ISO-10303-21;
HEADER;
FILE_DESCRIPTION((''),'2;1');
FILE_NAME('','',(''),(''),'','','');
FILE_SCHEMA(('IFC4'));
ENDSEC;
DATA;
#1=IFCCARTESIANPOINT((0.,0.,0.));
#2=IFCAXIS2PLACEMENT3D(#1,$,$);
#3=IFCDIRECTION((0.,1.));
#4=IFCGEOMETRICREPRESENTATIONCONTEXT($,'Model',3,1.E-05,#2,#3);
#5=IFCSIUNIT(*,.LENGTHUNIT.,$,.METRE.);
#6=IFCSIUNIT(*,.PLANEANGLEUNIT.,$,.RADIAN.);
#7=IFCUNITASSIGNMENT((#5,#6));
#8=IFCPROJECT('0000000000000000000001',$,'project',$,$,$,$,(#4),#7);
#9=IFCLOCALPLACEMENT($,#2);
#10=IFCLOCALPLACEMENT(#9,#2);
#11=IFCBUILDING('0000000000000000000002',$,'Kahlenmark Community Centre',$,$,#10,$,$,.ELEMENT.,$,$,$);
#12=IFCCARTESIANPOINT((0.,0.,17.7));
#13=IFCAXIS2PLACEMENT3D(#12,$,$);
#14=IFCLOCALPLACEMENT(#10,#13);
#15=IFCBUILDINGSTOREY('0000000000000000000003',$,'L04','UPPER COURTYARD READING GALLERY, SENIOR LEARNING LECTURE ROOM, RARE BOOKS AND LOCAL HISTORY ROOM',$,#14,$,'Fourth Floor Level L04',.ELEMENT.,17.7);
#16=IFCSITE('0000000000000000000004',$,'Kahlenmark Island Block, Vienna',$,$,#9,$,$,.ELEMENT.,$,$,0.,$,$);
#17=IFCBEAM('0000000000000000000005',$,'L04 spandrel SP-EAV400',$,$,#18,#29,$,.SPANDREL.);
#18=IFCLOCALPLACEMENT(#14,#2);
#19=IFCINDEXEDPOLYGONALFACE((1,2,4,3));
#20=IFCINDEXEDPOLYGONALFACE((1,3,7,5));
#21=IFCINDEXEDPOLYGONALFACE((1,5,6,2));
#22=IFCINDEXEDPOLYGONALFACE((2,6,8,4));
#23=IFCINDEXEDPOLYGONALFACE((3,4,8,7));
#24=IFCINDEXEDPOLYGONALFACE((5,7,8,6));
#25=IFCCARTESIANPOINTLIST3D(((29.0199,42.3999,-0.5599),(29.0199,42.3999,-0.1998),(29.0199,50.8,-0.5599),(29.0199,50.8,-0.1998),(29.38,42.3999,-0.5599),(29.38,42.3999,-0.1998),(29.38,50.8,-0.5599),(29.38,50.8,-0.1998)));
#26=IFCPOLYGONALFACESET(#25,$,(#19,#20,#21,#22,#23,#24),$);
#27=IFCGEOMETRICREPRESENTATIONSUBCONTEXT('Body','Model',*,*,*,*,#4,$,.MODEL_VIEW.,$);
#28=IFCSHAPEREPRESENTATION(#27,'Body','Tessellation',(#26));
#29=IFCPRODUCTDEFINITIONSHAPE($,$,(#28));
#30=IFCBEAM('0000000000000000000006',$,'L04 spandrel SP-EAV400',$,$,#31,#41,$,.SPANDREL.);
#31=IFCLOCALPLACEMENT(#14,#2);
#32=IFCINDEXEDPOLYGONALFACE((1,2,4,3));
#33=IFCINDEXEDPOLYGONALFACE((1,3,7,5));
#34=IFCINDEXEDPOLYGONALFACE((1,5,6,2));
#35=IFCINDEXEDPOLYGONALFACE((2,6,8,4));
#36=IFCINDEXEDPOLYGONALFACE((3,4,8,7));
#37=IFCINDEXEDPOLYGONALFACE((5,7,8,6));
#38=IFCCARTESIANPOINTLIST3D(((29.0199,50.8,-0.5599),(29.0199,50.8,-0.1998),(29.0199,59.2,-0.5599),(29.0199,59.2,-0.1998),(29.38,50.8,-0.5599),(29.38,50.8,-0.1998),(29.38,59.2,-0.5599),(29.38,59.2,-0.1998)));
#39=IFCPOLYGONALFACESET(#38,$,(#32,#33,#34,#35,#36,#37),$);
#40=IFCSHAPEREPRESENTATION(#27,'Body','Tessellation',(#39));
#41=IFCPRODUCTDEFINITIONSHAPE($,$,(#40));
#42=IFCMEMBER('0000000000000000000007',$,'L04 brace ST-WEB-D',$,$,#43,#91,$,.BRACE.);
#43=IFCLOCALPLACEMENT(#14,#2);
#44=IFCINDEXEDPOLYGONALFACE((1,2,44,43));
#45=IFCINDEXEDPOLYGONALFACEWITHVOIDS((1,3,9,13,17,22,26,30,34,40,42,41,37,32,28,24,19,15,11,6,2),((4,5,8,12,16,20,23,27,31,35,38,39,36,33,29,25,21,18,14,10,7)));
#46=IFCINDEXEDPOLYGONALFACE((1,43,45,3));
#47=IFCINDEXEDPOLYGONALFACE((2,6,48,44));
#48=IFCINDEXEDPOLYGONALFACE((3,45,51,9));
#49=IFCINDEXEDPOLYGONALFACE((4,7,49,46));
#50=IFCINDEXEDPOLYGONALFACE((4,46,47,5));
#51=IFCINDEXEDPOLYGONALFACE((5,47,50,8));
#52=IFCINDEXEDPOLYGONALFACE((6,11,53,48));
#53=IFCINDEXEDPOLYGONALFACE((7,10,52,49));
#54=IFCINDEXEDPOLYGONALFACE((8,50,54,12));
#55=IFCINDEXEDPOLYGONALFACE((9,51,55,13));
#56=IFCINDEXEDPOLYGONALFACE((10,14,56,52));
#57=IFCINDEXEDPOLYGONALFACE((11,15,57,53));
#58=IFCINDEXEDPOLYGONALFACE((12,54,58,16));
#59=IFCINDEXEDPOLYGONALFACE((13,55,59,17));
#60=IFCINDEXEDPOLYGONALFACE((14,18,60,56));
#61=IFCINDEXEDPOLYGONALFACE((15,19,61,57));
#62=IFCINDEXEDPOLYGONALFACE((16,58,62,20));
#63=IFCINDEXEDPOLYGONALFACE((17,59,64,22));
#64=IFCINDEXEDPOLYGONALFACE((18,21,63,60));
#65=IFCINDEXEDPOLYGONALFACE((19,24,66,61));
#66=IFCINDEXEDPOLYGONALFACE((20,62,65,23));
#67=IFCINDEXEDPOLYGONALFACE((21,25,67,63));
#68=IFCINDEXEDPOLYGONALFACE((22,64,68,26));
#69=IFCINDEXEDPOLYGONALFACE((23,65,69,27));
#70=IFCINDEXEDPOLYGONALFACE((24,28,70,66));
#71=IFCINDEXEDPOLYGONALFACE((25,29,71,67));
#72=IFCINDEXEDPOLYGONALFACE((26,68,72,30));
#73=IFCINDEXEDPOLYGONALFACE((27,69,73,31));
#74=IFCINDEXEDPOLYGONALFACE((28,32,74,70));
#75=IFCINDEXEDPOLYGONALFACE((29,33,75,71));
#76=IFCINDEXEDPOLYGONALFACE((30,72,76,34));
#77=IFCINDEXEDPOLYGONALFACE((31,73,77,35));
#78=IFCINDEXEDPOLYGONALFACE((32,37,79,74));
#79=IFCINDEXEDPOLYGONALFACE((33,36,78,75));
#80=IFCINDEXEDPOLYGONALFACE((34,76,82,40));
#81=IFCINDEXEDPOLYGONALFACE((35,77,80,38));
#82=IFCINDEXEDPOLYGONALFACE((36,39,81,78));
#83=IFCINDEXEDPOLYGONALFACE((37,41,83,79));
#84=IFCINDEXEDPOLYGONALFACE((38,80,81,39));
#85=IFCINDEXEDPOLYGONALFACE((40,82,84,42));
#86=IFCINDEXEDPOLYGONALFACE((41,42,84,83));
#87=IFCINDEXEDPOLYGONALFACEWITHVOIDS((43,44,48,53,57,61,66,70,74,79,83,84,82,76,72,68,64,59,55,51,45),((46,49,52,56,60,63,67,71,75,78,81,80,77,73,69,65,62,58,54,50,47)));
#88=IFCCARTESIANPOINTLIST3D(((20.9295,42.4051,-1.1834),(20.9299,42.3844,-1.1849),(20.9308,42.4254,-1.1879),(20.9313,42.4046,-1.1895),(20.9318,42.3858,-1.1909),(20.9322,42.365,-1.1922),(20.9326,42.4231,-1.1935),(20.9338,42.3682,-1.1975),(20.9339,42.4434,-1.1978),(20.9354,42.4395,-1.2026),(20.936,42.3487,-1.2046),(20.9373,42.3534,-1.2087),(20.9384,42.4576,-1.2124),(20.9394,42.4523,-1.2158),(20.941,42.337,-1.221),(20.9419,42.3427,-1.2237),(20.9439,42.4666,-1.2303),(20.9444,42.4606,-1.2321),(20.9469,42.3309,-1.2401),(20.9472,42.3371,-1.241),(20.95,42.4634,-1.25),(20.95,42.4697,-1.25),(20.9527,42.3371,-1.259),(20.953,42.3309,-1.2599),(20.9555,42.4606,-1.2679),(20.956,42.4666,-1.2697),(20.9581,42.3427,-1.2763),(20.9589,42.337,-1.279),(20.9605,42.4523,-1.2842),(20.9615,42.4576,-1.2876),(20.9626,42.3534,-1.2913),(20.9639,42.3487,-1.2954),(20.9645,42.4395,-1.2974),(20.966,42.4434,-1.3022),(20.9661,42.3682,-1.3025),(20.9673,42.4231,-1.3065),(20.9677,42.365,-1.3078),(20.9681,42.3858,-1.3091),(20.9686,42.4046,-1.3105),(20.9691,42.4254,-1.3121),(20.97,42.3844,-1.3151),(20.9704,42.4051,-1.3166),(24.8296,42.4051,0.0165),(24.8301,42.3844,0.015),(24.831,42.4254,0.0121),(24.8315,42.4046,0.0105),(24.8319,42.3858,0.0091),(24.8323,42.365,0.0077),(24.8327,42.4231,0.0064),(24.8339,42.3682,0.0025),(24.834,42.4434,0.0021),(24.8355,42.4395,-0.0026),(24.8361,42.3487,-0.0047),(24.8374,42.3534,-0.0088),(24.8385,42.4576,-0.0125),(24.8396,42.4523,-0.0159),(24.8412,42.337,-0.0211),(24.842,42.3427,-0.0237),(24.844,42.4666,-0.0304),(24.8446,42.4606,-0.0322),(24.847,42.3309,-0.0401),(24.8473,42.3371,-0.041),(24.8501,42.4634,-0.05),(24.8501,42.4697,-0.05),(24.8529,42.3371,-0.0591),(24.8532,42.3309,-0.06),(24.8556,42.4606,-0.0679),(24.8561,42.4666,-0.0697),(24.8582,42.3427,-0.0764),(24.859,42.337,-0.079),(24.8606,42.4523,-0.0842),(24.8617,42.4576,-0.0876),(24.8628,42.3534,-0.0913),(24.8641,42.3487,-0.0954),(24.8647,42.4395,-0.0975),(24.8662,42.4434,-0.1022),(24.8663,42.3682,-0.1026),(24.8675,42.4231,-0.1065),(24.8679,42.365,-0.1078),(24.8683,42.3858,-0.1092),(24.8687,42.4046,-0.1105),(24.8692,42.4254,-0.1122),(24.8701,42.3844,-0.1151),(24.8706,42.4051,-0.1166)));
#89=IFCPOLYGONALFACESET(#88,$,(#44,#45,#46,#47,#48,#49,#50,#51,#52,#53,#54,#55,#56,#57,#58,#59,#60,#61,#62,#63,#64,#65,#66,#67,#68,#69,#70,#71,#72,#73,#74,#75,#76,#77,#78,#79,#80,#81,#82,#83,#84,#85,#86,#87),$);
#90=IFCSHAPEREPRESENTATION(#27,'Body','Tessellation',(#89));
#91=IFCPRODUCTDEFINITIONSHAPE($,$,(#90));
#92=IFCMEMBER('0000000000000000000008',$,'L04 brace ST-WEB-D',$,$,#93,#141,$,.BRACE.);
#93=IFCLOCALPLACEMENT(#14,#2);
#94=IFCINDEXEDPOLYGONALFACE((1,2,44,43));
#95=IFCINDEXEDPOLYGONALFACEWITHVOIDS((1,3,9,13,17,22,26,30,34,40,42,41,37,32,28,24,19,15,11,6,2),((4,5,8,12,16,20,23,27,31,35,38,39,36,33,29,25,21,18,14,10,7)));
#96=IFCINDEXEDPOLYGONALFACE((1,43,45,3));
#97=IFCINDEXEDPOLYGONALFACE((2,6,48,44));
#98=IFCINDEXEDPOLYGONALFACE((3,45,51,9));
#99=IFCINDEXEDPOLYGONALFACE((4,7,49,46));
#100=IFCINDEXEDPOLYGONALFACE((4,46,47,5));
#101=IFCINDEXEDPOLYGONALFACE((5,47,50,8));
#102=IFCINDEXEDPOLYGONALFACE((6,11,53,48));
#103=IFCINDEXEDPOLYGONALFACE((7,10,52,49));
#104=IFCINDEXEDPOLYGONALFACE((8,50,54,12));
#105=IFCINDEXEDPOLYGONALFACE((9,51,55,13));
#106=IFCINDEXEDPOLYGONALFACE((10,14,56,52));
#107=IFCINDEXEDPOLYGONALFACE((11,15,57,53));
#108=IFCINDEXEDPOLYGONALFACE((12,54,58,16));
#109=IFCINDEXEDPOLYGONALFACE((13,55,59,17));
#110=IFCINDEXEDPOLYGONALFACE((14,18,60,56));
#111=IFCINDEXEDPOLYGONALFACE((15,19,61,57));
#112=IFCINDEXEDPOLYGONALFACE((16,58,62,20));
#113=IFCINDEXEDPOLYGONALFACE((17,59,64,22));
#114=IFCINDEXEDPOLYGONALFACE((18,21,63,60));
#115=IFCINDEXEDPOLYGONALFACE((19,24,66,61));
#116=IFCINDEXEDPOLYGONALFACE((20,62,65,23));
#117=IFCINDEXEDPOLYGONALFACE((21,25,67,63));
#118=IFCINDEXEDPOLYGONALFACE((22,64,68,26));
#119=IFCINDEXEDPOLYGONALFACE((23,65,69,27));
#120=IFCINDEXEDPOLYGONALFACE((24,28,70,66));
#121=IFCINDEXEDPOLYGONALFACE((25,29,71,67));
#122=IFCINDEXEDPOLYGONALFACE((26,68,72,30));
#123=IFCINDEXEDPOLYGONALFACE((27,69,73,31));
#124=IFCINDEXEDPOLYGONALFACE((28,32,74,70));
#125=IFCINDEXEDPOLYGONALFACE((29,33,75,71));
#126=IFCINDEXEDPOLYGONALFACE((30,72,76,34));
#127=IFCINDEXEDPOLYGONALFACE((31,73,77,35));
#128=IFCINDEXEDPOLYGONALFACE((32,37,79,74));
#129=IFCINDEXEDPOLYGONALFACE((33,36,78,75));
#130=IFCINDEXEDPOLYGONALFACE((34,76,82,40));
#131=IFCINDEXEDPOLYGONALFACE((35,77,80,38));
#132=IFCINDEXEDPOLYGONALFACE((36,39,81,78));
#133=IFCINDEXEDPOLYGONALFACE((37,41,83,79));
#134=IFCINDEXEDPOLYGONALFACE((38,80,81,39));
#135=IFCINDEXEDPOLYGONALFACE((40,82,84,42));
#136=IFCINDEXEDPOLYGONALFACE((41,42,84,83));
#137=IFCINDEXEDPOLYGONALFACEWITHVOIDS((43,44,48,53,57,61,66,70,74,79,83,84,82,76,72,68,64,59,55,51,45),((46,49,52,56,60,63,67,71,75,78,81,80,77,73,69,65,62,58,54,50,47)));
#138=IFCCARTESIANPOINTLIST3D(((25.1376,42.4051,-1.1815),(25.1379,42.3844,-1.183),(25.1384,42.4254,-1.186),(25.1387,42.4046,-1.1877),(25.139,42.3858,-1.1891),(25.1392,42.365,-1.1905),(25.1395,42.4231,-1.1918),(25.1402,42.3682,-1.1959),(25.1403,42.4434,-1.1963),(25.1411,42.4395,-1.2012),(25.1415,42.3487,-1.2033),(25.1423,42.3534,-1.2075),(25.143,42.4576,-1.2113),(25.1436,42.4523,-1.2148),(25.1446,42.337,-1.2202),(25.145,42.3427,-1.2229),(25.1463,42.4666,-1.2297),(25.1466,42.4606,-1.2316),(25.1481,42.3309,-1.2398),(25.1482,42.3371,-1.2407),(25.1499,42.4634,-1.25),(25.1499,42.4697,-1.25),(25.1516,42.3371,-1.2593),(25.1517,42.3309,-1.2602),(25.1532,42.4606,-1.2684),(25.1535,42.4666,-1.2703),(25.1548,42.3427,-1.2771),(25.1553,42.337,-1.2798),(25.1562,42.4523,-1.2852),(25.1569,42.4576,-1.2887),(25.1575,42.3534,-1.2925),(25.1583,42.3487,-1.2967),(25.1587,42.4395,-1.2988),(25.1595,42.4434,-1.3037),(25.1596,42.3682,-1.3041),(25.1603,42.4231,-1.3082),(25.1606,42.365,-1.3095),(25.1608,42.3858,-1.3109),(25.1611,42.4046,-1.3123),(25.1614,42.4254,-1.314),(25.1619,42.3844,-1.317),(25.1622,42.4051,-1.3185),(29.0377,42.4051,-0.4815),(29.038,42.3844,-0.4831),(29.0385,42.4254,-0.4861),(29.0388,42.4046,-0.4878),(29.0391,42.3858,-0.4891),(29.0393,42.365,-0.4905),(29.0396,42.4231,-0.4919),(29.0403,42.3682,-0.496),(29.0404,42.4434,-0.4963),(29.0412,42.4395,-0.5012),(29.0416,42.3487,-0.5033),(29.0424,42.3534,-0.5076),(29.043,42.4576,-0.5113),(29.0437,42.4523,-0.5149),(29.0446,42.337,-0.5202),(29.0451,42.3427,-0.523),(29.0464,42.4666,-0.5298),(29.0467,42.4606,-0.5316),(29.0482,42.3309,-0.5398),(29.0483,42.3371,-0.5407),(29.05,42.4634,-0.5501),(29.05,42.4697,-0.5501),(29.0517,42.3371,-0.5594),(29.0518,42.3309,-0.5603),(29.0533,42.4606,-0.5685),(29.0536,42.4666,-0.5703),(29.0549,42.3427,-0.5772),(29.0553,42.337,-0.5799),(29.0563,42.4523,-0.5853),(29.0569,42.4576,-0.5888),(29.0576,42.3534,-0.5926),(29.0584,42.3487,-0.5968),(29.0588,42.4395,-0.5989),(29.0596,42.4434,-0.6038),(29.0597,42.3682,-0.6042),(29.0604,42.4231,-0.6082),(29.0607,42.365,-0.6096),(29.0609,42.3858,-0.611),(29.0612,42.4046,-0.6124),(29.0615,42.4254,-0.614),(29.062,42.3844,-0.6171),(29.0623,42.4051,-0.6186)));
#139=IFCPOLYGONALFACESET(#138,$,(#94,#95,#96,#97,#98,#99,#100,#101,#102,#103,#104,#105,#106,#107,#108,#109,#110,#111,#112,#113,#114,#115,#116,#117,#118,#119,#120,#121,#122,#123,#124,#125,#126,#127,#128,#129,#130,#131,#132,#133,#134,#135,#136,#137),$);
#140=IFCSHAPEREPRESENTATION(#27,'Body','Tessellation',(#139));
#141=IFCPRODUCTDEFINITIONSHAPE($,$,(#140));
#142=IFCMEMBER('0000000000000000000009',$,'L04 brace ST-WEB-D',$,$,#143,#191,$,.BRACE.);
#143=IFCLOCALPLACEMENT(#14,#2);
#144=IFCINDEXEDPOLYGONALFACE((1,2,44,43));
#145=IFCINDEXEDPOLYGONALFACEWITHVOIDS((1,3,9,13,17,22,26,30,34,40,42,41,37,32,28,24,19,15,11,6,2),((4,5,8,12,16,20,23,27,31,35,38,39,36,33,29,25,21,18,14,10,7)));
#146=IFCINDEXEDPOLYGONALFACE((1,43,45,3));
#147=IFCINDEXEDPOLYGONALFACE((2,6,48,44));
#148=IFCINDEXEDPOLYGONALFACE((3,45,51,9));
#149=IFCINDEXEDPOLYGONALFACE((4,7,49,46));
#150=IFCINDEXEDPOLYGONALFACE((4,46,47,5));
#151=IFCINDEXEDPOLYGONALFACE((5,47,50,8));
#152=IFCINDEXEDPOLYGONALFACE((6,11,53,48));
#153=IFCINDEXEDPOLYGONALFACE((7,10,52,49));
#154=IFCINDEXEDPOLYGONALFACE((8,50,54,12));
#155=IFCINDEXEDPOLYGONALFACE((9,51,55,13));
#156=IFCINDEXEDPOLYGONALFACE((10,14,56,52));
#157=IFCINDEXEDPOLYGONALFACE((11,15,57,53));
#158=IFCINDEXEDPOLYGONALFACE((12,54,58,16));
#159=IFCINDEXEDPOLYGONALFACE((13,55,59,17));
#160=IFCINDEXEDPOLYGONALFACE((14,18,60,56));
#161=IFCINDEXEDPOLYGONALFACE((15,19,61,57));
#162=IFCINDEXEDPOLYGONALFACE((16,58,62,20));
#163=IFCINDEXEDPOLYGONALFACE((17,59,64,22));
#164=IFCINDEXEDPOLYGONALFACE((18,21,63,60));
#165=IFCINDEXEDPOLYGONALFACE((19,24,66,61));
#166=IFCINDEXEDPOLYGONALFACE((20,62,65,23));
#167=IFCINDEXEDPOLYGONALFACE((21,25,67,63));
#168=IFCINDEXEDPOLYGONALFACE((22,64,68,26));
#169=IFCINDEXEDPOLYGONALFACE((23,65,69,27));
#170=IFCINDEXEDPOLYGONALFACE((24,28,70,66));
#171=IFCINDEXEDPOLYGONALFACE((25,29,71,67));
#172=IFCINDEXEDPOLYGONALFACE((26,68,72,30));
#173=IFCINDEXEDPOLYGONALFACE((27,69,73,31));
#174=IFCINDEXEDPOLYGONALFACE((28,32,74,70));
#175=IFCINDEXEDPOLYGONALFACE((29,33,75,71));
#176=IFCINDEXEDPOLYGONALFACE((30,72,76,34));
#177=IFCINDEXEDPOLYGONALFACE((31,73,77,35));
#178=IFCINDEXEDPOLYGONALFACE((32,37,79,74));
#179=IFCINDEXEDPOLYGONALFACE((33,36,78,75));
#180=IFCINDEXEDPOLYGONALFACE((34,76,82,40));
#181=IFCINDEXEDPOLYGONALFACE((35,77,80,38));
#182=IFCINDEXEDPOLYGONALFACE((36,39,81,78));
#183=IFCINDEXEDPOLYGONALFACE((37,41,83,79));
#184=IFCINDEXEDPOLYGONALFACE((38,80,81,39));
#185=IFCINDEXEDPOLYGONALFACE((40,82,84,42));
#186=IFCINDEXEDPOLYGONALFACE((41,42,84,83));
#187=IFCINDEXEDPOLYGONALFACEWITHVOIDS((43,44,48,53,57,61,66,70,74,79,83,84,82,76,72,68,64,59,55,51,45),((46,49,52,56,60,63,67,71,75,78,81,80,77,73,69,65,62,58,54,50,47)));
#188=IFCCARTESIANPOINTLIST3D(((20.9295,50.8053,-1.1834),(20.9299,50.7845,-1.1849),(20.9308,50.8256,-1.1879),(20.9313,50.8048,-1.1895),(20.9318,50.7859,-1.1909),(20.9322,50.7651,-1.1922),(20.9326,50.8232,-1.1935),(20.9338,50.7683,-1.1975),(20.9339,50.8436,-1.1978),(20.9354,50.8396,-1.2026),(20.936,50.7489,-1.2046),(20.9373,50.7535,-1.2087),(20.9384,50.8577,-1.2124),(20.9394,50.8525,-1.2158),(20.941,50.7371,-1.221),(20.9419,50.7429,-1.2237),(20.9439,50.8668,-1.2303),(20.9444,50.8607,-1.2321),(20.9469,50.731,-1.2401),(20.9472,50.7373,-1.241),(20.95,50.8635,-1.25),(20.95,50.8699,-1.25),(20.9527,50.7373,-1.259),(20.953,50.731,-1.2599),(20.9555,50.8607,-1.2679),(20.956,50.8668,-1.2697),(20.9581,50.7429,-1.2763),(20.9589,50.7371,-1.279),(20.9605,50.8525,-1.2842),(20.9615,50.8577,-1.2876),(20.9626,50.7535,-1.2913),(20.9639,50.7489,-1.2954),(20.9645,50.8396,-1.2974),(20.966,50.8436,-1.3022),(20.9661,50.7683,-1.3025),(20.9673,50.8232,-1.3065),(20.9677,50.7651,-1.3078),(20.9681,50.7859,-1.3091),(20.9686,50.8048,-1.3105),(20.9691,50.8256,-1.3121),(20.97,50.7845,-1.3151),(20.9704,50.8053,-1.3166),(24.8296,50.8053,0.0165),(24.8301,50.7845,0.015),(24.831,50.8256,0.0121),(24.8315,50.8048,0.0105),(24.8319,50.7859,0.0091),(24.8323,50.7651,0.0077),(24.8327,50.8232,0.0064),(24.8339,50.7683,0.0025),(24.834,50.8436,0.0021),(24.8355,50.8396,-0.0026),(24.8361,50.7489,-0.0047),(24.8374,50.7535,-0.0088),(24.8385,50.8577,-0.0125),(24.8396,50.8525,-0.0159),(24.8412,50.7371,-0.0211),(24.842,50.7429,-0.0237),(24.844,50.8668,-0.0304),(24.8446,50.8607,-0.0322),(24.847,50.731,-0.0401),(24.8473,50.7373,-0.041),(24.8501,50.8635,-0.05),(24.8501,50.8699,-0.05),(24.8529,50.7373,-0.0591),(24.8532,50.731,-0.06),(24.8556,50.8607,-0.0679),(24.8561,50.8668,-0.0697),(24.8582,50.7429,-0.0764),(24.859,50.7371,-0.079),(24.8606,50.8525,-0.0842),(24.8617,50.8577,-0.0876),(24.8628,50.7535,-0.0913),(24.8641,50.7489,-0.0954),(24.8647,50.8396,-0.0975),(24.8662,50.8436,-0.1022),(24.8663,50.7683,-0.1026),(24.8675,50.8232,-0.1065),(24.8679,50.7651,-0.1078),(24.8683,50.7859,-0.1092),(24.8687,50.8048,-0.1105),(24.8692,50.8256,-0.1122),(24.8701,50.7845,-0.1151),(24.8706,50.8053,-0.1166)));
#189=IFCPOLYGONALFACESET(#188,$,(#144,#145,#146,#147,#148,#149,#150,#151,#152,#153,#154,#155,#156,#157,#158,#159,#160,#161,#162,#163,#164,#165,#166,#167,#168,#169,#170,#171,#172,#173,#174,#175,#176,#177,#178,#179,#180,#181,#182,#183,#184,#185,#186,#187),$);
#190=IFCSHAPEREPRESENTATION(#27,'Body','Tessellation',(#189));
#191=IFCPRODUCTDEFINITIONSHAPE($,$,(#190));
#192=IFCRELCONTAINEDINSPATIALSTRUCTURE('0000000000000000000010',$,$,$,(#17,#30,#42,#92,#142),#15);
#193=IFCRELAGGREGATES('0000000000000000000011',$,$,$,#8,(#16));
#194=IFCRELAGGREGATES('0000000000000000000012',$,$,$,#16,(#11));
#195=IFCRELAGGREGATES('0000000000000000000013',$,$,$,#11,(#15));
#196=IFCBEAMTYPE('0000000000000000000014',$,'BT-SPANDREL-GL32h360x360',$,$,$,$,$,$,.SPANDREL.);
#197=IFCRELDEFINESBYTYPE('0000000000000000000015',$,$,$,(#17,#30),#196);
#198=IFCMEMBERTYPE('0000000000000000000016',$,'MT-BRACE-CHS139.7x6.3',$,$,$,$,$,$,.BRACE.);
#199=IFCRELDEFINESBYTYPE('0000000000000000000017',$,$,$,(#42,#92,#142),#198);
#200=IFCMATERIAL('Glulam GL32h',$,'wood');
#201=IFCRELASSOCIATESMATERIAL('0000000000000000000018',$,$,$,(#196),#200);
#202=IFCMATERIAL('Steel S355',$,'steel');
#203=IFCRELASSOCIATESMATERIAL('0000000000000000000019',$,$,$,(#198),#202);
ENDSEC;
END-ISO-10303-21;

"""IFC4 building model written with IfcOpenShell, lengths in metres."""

from ifc_helpers import new_model, si_unit, direction, frame, origin, origin_2d, place, context, subcontext, project, spatial, rectangle, hollow_circle, extrude, material, material_profile, profile_set, type_object, element, save


model = new_model("IFC4")

# Units and contexts
model_context = context("Model", 3, precision=1e-05, world=origin(), true_north=direction((0.0, 1.0)))
body_context = subcontext(model_context, "Body", "Model", "MODEL_VIEW")
ifc_project = project(units=[si_unit("LENGTHUNIT", "METRE"), si_unit("PLANEANGLEUNIT", "RADIAN")], contexts=[model_context])

# Site, building, storey
site_placement = place(None, origin())
site = spatial("IfcSite", under=ifc_project, at=site_placement, Name="Kahlenmark Island Block, Vienna", CompositionType="ELEMENT", RefElevation=0.0)
building_placement = place(site_placement, origin())
building = spatial("IfcBuilding", under=site, at=building_placement, Name="Kahlenmark Community Centre", CompositionType="ELEMENT")
storey_placement = place(building_placement, frame((0.0, 0.0, 17.7)))
storey = spatial("IfcBuildingStorey", under=building, at=storey_placement, Name="L04", Description="UPPER COURTYARD READING GALLERY, SENIOR LEARNING LECTURE ROOM, RARE BOOKS AND LOCAL HISTORY ROOM", LongName="Fourth Floor Level L04", CompositionType="ELEMENT", Elevation=17.7)

# Beams
ifc_material_1 = material(Name="Glulam GL32h", Category="wood")
ifc_material_profile_1 = material_profile(ifc_material_1, rectangle(XDim=0.3601, YDim=0.3601, at=origin_2d()), Name="GL32h 360x360")
ifc_profile_set_1 = profile_set([ifc_material_profile_1], Name="Glulam GL32h")
beam_type = type_object("IfcBeamType", Name="BT-SPANDREL-GL32h360x360", PredefinedType="SPANDREL", material=ifc_profile_set_1)
beam_1_placement = place(storey_placement, frame((29.2, 42.3999, -0.3799), z_axis=(0.0, 1.0, 0.0), x_axis=(-1.0, 0.0, 0.0)))
element("IfcBeam", 1, at=beam_1_placement, inside=storey, type_object=beam_type, Name="L04 spandrel SP-EAV400", PredefinedType="SPANDREL", context=body_context, shape_type="SweptSolid", body=[
    extrude(rectangle(XDim=0.3601, YDim=0.3601, at=origin_2d()), origin(), (0.0, 0.0, 1.0), 8.4001),
])
beam_2_placement = place(storey_placement, frame((29.2, 50.8, -0.3799), z_axis=(0.0, 1.0, 0.0), x_axis=(-1.0, 0.0, 0.0)))
element("IfcBeam", 2, at=beam_2_placement, inside=storey, type_object=beam_type, Name="L04 spandrel SP-EAV400", PredefinedType="SPANDREL", context=body_context, shape_type="SweptSolid", body=[
    extrude(rectangle(XDim=0.3601, YDim=0.3601, at=origin_2d()), origin(), (0.0, 0.0, 1.0), 8.3999),
])

# Members
ifc_material_2 = material(Name="Steel S355", Category="steel")
ifc_material_profile_2 = material_profile(ifc_material_2, hollow_circle(Radius=0.0698, WallThickness=0.0063, at=origin_2d()), Name="CHS 139.7x6.3")
ifc_profile_set_2 = profile_set([ifc_material_profile_2], Name="Steel S355")
member_type_1 = type_object("IfcMemberType", Name="MT-BRACE-CHS139.7x6.3", PredefinedType="BRACE", material=ifc_profile_set_2)
member_1_placement = place(storey_placement, frame((20.95, 42.3999, -1.25), z_axis=(0.955785, 0.0, 0.294065), x_axis=(0.0, 1.0, 0.0)))
element("IfcMember", 3, at=member_1_placement, inside=storey, type_object=member_type_1, Name="L04 brace ST-WEB-D", PredefinedType="BRACE", context=body_context, shape_type="SweptSolid", body=[
    extrude(hollow_circle(Radius=0.0698, WallThickness=0.0063, at=origin_2d()), origin(), (0.0, 0.0, 1.0), 4.0806),
])
member_2_placement = place(storey_placement, frame((25.1499, 42.3999, -1.25), z_axis=(0.984275, 0.0, 0.176646), x_axis=(0.0, 1.0, 0.0)))
element("IfcMember", 4, at=member_2_placement, inside=storey, type_object=member_type_1, Name="L04 brace ST-WEB-D", PredefinedType="BRACE", context=body_context, shape_type="SweptSolid", body=[
    extrude(hollow_circle(Radius=0.0698, WallThickness=0.0063, at=origin_2d()), origin(), (0.0, 0.0, 1.0), 3.9624),
])
member_3_placement = place(storey_placement, frame((20.95, 50.8, -1.25), z_axis=(0.955785, 0.0, 0.294065), x_axis=(0.0, 1.0, 0.0)))
element("IfcMember", 5, at=member_3_placement, inside=storey, type_object=member_type_1, Name="L04 brace ST-WEB-D", PredefinedType="BRACE", context=body_context, shape_type="SweptSolid", body=[
    extrude(hollow_circle(Radius=0.0698, WallThickness=0.0063, at=origin_2d()), origin(), (0.0, 0.0, 1.0), 4.0806),
])

save(model, "model.ifc")
